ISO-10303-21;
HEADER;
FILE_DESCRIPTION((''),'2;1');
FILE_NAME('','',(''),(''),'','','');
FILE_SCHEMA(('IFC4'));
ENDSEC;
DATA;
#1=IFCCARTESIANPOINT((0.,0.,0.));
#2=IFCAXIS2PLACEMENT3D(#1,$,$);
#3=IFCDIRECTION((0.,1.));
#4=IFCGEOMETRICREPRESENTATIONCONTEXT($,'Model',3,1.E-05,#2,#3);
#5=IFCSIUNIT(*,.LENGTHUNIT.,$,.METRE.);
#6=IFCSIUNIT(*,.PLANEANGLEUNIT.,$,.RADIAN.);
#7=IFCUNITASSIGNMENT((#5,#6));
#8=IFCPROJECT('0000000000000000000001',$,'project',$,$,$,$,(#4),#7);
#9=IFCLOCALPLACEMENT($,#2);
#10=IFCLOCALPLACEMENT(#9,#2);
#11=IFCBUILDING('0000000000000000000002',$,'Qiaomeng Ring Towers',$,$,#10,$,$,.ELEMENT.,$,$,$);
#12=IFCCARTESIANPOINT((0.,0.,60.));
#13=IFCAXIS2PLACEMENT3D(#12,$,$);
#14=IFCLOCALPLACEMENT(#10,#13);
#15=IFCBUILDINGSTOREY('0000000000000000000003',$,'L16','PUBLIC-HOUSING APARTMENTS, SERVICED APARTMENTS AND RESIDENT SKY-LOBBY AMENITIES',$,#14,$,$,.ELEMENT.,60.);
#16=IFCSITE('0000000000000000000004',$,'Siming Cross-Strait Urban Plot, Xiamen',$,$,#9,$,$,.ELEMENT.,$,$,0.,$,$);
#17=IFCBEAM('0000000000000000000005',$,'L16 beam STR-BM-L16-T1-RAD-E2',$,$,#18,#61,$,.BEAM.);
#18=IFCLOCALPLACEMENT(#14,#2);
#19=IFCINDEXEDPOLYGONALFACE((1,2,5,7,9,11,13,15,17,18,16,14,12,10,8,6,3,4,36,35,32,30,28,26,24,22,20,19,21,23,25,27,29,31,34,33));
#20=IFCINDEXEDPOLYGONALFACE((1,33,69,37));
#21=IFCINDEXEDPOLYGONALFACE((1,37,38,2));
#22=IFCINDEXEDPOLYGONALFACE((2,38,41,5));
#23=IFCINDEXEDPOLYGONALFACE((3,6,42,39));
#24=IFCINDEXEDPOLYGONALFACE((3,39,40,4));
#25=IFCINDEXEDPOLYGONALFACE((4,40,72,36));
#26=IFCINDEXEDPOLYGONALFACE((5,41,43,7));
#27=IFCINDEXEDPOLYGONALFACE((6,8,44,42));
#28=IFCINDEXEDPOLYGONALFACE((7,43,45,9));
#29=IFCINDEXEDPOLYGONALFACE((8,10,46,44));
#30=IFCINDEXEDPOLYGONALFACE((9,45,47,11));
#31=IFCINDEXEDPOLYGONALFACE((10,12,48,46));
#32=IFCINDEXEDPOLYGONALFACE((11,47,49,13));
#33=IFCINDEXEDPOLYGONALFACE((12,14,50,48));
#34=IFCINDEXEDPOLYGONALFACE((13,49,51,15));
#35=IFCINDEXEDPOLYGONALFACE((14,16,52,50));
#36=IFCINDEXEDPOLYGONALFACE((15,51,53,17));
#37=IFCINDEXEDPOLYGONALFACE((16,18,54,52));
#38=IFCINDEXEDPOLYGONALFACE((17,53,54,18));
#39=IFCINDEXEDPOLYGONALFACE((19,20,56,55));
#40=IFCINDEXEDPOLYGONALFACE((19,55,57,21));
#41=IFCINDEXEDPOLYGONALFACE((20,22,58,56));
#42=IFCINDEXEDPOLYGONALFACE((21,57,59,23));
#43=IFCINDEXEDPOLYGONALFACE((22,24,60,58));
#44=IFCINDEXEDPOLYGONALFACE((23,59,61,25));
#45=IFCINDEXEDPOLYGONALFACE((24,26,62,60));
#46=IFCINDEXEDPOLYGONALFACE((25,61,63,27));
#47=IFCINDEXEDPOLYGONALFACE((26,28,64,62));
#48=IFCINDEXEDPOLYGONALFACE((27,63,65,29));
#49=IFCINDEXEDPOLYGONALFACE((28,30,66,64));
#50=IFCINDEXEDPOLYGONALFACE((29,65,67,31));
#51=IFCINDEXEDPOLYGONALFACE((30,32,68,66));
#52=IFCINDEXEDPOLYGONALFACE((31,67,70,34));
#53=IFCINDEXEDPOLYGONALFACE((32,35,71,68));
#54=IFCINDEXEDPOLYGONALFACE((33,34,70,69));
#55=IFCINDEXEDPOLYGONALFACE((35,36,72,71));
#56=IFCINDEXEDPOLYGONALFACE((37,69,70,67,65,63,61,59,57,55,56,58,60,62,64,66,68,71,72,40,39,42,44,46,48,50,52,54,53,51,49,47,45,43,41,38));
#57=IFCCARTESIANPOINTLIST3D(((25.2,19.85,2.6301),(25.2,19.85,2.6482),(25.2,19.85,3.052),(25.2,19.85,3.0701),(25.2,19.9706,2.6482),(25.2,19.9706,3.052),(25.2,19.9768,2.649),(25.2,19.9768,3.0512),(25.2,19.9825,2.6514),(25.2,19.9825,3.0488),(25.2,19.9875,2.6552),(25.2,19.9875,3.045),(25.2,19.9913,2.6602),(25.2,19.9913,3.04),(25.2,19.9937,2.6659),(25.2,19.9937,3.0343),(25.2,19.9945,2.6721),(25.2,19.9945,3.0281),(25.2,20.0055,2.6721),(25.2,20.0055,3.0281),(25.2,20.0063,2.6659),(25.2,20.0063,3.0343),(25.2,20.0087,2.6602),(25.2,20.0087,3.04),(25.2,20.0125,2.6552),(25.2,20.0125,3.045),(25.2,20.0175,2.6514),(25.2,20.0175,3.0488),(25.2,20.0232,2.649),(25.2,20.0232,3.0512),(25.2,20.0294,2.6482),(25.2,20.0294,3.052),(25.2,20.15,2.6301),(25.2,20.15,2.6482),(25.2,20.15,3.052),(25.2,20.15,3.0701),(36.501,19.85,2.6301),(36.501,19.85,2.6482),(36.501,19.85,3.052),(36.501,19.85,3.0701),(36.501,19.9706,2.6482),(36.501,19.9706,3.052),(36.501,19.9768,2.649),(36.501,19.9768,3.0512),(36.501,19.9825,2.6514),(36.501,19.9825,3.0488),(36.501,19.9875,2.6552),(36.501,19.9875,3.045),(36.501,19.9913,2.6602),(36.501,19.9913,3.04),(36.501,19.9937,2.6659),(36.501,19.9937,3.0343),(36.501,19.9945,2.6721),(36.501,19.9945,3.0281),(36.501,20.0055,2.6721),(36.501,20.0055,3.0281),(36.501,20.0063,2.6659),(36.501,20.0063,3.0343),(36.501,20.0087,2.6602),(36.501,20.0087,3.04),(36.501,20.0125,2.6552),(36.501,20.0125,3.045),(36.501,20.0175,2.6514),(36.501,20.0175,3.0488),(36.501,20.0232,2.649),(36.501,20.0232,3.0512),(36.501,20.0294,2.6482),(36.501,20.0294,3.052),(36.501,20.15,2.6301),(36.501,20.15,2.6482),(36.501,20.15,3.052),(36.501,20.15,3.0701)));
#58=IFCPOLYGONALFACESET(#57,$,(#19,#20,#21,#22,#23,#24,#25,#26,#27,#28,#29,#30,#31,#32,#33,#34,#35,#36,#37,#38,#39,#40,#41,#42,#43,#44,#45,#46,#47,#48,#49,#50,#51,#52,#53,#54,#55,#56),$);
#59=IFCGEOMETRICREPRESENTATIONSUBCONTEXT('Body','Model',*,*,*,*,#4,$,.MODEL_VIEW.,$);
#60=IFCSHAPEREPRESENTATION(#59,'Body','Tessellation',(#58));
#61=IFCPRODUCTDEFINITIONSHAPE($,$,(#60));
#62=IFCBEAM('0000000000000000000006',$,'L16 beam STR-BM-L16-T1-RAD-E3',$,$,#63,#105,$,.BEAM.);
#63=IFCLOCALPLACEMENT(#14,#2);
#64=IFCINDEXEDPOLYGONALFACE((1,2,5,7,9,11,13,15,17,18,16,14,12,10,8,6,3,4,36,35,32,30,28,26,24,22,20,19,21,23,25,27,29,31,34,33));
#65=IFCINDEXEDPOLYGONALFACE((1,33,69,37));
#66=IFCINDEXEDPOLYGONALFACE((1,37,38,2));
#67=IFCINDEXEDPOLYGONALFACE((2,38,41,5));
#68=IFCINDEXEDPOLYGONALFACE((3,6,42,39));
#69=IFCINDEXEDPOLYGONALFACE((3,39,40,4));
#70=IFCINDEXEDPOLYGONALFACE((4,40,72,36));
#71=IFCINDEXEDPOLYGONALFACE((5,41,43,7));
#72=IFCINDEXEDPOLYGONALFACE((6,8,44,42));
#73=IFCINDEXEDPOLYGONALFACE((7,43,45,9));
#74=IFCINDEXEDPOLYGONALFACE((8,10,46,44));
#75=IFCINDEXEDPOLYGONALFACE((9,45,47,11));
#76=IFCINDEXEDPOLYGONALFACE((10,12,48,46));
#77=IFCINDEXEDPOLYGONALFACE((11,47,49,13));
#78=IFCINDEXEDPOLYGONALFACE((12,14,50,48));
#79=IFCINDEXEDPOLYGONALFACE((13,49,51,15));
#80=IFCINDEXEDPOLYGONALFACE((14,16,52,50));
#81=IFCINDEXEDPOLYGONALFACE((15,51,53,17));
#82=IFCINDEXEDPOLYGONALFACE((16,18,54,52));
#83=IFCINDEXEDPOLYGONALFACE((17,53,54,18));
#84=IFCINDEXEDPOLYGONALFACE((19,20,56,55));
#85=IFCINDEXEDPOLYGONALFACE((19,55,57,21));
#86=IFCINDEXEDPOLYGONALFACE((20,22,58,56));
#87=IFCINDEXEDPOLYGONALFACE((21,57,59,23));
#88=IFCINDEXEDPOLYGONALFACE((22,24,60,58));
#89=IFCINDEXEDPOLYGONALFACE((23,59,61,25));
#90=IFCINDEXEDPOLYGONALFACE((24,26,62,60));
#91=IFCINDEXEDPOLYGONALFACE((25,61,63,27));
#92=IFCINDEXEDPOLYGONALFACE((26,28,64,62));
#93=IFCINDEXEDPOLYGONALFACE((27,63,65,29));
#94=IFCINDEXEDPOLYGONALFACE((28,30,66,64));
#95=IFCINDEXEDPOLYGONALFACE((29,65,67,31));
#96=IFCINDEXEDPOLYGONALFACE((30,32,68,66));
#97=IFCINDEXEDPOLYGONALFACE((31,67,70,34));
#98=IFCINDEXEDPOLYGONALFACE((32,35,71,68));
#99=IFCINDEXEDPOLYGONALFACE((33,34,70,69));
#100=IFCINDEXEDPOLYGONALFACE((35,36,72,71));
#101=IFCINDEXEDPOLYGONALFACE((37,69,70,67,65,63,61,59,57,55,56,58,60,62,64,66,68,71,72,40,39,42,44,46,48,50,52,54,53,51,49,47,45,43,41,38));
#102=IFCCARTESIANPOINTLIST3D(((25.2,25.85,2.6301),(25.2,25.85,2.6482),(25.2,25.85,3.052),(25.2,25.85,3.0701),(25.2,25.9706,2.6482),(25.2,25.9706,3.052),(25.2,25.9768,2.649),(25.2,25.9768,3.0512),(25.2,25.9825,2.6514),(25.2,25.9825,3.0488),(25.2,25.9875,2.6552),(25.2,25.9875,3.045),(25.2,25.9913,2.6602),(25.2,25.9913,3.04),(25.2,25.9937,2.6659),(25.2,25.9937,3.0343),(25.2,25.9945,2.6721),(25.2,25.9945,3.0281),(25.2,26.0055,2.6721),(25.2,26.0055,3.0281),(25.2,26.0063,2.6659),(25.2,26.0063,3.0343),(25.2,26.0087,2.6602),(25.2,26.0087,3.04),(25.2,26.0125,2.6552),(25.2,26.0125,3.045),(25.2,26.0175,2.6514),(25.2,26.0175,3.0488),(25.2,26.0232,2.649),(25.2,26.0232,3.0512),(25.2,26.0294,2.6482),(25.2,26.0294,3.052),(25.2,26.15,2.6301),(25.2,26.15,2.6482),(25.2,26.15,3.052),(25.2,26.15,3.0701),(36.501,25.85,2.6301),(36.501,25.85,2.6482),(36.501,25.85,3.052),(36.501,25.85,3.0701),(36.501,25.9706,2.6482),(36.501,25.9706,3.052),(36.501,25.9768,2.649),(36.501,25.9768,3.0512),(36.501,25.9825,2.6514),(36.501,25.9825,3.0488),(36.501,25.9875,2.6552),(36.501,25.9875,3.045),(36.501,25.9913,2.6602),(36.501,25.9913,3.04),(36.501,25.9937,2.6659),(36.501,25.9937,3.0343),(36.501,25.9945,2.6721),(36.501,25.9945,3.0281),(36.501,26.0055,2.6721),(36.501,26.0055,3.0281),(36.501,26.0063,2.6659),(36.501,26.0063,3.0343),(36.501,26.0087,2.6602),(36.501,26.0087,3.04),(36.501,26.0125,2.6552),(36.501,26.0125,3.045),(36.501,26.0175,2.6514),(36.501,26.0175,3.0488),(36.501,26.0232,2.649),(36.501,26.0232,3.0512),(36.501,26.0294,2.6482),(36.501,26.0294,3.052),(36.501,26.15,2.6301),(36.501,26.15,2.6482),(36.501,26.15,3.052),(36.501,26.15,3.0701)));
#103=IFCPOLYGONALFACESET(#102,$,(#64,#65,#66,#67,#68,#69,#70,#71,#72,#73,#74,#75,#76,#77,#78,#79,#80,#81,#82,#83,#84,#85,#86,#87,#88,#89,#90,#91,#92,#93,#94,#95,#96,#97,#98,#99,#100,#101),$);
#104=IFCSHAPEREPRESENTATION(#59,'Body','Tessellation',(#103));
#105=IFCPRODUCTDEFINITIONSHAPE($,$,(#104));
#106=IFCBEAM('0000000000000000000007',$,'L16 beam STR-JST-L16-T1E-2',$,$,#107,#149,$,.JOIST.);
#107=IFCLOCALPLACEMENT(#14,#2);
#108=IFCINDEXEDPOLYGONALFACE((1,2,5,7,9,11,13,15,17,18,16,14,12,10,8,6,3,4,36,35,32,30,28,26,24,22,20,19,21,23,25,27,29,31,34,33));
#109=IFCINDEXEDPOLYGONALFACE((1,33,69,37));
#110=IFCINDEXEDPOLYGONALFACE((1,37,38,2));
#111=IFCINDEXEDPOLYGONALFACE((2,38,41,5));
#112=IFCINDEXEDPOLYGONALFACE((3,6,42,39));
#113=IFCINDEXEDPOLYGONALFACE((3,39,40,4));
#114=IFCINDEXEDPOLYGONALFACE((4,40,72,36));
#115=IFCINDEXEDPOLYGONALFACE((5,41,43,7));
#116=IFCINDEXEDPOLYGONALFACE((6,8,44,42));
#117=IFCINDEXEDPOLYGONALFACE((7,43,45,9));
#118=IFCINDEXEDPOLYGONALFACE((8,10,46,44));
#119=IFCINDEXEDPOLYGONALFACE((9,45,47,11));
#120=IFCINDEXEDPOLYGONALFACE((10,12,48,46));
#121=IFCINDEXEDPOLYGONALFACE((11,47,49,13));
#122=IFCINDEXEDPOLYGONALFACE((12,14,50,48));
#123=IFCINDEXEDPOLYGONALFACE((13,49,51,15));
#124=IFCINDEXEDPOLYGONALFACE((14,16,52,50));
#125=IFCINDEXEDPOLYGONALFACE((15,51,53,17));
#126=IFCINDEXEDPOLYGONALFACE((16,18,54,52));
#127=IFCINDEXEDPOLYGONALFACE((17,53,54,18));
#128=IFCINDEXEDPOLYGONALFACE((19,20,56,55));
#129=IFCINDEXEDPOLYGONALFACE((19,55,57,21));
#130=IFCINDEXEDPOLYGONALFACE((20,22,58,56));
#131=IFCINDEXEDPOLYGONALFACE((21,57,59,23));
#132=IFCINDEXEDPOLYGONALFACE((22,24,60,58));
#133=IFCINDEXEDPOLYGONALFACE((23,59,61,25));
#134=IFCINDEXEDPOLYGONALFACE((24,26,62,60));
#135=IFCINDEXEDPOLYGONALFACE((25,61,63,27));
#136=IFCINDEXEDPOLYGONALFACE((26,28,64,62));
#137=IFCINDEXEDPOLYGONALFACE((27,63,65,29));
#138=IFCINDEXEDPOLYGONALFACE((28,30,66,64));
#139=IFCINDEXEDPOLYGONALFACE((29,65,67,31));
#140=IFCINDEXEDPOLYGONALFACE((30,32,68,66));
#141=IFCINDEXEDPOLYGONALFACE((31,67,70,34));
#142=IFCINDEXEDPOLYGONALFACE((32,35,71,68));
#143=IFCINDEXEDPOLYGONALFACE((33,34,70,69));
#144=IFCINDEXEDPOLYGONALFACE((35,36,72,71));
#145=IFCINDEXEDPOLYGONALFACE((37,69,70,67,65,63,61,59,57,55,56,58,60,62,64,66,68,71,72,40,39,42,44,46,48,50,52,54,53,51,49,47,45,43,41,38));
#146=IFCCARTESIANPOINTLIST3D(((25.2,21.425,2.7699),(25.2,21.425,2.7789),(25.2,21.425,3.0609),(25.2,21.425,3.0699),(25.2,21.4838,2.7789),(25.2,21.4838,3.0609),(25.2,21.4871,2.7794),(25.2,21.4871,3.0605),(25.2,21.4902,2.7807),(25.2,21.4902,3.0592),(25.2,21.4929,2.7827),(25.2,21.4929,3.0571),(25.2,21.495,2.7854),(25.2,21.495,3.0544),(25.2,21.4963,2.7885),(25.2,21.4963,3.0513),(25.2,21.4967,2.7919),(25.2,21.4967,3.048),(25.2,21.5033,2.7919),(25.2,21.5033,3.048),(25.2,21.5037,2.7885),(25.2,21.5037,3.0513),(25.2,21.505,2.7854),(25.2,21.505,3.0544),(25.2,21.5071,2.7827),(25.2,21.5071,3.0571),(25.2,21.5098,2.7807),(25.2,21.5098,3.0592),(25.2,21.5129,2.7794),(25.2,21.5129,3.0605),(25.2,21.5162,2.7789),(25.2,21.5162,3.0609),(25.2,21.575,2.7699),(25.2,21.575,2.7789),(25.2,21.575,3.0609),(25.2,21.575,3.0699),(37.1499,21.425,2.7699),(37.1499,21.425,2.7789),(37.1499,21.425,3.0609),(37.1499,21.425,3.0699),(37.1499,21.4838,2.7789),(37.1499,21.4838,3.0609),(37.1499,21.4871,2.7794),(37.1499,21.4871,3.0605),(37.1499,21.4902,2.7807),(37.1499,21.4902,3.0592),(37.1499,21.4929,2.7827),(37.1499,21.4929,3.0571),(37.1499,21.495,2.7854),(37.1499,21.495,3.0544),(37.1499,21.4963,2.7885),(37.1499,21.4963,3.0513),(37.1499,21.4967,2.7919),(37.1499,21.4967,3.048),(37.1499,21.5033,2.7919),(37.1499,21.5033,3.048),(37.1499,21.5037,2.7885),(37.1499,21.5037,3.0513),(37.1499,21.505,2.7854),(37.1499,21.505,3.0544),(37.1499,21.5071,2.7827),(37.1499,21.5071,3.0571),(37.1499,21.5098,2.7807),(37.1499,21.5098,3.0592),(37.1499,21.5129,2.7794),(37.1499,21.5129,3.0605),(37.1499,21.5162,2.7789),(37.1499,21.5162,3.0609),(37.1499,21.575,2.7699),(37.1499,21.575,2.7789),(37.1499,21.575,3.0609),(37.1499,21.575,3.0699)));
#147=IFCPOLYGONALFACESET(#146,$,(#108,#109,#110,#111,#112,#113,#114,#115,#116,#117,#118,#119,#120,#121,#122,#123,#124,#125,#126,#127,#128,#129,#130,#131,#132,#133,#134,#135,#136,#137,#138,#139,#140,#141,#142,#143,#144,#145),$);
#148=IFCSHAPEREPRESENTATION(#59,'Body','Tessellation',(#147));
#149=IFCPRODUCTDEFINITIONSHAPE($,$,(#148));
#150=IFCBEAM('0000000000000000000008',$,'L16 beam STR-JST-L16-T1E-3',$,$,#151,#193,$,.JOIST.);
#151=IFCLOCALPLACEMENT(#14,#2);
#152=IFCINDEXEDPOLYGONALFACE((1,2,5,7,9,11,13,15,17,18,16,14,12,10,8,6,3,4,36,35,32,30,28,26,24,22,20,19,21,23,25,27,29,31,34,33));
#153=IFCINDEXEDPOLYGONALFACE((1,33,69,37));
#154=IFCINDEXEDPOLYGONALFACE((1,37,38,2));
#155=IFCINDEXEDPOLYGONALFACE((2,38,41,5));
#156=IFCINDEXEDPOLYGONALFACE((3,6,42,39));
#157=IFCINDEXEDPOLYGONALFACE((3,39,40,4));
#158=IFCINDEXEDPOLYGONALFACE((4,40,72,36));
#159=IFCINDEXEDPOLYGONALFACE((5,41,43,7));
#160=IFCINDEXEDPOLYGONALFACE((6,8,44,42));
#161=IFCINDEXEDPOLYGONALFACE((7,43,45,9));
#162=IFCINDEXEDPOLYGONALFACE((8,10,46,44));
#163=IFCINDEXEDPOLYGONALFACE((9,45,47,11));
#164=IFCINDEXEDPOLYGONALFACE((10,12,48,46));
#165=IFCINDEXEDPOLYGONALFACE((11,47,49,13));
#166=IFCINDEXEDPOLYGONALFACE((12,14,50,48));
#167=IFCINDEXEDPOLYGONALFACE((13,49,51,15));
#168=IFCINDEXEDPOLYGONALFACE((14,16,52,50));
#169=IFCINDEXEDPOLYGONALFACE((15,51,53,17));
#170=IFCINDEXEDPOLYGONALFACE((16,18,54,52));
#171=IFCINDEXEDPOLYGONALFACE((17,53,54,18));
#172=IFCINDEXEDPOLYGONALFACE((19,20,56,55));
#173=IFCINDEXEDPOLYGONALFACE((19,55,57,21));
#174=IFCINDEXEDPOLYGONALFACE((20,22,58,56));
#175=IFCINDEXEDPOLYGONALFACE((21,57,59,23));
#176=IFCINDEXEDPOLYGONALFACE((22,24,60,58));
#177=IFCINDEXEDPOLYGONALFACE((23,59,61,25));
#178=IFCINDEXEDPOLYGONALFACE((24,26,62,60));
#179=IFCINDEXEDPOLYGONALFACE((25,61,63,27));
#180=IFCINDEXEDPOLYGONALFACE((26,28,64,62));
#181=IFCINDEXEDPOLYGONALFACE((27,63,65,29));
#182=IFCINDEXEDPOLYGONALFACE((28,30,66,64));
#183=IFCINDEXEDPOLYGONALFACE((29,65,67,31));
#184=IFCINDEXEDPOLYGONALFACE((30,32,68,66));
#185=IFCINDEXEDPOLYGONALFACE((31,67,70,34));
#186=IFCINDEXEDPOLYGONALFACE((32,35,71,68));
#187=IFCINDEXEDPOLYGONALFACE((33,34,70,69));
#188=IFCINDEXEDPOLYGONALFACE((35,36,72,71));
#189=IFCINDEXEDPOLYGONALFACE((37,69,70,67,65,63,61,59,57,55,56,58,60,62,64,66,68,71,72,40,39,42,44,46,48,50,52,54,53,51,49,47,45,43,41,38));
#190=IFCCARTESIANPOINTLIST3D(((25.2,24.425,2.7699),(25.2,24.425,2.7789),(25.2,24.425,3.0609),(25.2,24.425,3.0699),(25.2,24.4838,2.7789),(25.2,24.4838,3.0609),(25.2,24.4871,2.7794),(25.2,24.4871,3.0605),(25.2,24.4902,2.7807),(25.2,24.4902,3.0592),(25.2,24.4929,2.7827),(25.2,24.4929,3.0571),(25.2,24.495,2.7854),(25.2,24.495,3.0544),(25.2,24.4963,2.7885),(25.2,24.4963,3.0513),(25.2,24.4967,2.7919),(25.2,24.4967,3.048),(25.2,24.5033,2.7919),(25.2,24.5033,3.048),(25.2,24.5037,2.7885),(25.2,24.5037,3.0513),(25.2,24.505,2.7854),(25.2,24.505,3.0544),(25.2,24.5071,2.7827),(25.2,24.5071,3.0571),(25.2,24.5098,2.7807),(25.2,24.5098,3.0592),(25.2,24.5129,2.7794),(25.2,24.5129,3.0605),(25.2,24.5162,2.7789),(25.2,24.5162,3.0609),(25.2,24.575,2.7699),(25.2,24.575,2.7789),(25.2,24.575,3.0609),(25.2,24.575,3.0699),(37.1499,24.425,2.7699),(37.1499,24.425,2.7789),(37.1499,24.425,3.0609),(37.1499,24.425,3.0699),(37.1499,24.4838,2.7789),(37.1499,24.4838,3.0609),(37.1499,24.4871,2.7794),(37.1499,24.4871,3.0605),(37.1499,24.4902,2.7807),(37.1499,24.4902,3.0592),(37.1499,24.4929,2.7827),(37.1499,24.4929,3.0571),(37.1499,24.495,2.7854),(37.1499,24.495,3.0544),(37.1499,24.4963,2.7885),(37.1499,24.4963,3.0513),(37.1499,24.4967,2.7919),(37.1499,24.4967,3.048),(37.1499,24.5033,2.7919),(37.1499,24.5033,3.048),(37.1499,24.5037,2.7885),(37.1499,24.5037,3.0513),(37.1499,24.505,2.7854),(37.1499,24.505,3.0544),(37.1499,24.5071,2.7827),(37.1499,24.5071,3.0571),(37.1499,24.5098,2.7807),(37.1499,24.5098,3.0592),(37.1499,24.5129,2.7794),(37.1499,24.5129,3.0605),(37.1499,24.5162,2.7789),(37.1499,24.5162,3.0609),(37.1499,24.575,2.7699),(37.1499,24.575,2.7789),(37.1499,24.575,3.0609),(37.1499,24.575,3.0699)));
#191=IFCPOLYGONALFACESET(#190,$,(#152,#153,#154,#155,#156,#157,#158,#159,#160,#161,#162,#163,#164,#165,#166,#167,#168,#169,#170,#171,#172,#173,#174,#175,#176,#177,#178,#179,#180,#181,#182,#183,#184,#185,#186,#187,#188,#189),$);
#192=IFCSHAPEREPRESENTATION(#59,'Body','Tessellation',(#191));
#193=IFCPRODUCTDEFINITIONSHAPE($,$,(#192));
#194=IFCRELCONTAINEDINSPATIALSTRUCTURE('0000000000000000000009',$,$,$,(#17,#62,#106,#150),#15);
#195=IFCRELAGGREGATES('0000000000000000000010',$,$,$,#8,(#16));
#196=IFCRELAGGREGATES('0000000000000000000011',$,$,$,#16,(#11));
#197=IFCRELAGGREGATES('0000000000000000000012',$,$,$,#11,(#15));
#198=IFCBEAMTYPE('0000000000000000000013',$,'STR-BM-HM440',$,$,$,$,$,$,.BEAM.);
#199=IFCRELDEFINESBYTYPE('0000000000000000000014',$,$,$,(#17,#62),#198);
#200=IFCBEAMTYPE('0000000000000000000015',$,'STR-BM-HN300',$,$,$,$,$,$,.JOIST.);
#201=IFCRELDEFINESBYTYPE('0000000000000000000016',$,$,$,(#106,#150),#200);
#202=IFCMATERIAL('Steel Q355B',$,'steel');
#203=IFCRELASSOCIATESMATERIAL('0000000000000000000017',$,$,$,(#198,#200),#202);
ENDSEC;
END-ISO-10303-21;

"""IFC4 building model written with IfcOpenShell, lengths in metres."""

from ifc_helpers import new_model, si_unit, direction, frame, origin, origin_2d, place, context, subcontext, project, spatial, i_section, extrude, source, transform, mapped, material, material_profile, profile_set, type_object, element, save


model = new_model("IFC4")

# Units and contexts
model_context = context("Model", 3, precision=1e-05, world=origin(), true_north=direction((0.0, 1.0)))
body_context = subcontext(model_context, "Body", "Model", "MODEL_VIEW")
ifc_project = project(units=[si_unit("LENGTHUNIT", "METRE"), si_unit("PLANEANGLEUNIT", "RADIAN")], contexts=[model_context])

# Site, building, storey
site_placement = place(None, origin())
site = spatial("IfcSite", under=ifc_project, at=site_placement, Name="Siming Cross-Strait Urban Plot, Xiamen", CompositionType="ELEMENT", RefElevation=0.0)
building_placement = place(site_placement, origin())
building = spatial("IfcBuilding", under=site, at=building_placement, Name="Qiaomeng Ring Towers", CompositionType="ELEMENT")
storey_placement = place(building_placement, frame((0.0, 0.0, 60.0)))
storey = spatial("IfcBuildingStorey", under=building, at=storey_placement, Name="L16", Description="PUBLIC-HOUSING APARTMENTS, SERVICED APARTMENTS AND RESIDENT SKY-LOBBY AMENITIES", CompositionType="ELEMENT", Elevation=60.0)

# Beams
ifc_material_1 = material(Name="Steel Q355B", Category="steel")
ifc_material_profile_1 = material_profile(ifc_material_1, i_section(OverallWidth=0.3, OverallDepth=0.4399, WebThickness=0.011, FlangeThickness=0.0181, FilletRadius=0.0239, at=origin_2d()), Name="HM 440x300x11x18")
ifc_profile_set_1 = profile_set([ifc_material_profile_1], Name="Steel Q355B")
beam_type_1 = type_object("IfcBeamType", Name="STR-BM-HM440", PredefinedType="BEAM", material=ifc_profile_set_1)
shared_shape_1 = source(origin(), body_context, "Body", "SweptSolid", [
    extrude(i_section(OverallWidth=0.3, OverallDepth=0.4399, WebThickness=0.011, FlangeThickness=0.0181, FilletRadius=0.0239, at=origin_2d()), origin(), (0.0, 0.0, 1.0), 11.301),
])
for number, where, z_axis, x_axis, name in (
    (1, (25.2, 20.0, 2.8501), (1.0, 0.0, 0.0), (0.0, 1.0, 0.0), "L16 beam STR-BM-L16-T1-RAD-E2"),
    (2, (25.2, 26.0, 2.8501), (1.0, 0.0, 0.0), (0.0, 1.0, 0.0), "L16 beam STR-BM-L16-T1-RAD-E3"),
):
    element("IfcBeam", number, at=place(storey_placement, frame(where, z_axis=z_axis, x_axis=x_axis)), inside=storey, type_object=beam_type_1, Name=name, PredefinedType="BEAM", context=body_context, shape_type="MappedRepresentation", body=[
        mapped(shared_shape_1, transform((0.0, 0.0, 0.0), x_axis=(1.0, 0.0, 0.0), y_axis=(0.0, 1.0, 0.0), z_axis=(0.0, 0.0, 1.0), scale=1.0)),
    ])
ifc_material_profile_2 = material_profile(ifc_material_1, i_section(OverallWidth=0.1499, OverallDepth=0.3, WebThickness=0.0066, FlangeThickness=0.009, FilletRadius=0.0129, at=origin_2d()), Name="HN 300x150x6.5x9")
ifc_profile_set_2 = profile_set([ifc_material_profile_2], Name="Steel Q355B")
beam_type_2 = type_object("IfcBeamType", Name="STR-BM-HN300", PredefinedType="JOIST", material=ifc_profile_set_2)
shared_shape_2 = source(origin(), body_context, "Body", "SweptSolid", [
    extrude(i_section(OverallWidth=0.1499, OverallDepth=0.3, WebThickness=0.0066, FlangeThickness=0.009, FilletRadius=0.0129, at=origin_2d()), origin(), (0.0, 0.0, 1.0), 11.95),
])
for number, where, z_axis, x_axis, name in (
    (3, (25.2, 21.5, 2.9199), (1.0, 0.0, 0.0), (0.0, 1.0, 0.0), "L16 beam STR-JST-L16-T1E-2"),
    (4, (25.2, 24.5, 2.9199), (1.0, 0.0, 0.0), (0.0, 1.0, 0.0), "L16 beam STR-JST-L16-T1E-3"),
):
    element("IfcBeam", number, at=place(storey_placement, frame(where, z_axis=z_axis, x_axis=x_axis)), inside=storey, type_object=beam_type_2, Name=name, PredefinedType="JOIST", context=body_context, shape_type="MappedRepresentation", body=[
        mapped(shared_shape_2, transform((0.0, 0.0, 0.0), x_axis=(1.0, 0.0, 0.0), y_axis=(0.0, 1.0, 0.0), z_axis=(0.0, 0.0, 1.0), scale=1.0)),
    ])

save(model, "model.ifc")
